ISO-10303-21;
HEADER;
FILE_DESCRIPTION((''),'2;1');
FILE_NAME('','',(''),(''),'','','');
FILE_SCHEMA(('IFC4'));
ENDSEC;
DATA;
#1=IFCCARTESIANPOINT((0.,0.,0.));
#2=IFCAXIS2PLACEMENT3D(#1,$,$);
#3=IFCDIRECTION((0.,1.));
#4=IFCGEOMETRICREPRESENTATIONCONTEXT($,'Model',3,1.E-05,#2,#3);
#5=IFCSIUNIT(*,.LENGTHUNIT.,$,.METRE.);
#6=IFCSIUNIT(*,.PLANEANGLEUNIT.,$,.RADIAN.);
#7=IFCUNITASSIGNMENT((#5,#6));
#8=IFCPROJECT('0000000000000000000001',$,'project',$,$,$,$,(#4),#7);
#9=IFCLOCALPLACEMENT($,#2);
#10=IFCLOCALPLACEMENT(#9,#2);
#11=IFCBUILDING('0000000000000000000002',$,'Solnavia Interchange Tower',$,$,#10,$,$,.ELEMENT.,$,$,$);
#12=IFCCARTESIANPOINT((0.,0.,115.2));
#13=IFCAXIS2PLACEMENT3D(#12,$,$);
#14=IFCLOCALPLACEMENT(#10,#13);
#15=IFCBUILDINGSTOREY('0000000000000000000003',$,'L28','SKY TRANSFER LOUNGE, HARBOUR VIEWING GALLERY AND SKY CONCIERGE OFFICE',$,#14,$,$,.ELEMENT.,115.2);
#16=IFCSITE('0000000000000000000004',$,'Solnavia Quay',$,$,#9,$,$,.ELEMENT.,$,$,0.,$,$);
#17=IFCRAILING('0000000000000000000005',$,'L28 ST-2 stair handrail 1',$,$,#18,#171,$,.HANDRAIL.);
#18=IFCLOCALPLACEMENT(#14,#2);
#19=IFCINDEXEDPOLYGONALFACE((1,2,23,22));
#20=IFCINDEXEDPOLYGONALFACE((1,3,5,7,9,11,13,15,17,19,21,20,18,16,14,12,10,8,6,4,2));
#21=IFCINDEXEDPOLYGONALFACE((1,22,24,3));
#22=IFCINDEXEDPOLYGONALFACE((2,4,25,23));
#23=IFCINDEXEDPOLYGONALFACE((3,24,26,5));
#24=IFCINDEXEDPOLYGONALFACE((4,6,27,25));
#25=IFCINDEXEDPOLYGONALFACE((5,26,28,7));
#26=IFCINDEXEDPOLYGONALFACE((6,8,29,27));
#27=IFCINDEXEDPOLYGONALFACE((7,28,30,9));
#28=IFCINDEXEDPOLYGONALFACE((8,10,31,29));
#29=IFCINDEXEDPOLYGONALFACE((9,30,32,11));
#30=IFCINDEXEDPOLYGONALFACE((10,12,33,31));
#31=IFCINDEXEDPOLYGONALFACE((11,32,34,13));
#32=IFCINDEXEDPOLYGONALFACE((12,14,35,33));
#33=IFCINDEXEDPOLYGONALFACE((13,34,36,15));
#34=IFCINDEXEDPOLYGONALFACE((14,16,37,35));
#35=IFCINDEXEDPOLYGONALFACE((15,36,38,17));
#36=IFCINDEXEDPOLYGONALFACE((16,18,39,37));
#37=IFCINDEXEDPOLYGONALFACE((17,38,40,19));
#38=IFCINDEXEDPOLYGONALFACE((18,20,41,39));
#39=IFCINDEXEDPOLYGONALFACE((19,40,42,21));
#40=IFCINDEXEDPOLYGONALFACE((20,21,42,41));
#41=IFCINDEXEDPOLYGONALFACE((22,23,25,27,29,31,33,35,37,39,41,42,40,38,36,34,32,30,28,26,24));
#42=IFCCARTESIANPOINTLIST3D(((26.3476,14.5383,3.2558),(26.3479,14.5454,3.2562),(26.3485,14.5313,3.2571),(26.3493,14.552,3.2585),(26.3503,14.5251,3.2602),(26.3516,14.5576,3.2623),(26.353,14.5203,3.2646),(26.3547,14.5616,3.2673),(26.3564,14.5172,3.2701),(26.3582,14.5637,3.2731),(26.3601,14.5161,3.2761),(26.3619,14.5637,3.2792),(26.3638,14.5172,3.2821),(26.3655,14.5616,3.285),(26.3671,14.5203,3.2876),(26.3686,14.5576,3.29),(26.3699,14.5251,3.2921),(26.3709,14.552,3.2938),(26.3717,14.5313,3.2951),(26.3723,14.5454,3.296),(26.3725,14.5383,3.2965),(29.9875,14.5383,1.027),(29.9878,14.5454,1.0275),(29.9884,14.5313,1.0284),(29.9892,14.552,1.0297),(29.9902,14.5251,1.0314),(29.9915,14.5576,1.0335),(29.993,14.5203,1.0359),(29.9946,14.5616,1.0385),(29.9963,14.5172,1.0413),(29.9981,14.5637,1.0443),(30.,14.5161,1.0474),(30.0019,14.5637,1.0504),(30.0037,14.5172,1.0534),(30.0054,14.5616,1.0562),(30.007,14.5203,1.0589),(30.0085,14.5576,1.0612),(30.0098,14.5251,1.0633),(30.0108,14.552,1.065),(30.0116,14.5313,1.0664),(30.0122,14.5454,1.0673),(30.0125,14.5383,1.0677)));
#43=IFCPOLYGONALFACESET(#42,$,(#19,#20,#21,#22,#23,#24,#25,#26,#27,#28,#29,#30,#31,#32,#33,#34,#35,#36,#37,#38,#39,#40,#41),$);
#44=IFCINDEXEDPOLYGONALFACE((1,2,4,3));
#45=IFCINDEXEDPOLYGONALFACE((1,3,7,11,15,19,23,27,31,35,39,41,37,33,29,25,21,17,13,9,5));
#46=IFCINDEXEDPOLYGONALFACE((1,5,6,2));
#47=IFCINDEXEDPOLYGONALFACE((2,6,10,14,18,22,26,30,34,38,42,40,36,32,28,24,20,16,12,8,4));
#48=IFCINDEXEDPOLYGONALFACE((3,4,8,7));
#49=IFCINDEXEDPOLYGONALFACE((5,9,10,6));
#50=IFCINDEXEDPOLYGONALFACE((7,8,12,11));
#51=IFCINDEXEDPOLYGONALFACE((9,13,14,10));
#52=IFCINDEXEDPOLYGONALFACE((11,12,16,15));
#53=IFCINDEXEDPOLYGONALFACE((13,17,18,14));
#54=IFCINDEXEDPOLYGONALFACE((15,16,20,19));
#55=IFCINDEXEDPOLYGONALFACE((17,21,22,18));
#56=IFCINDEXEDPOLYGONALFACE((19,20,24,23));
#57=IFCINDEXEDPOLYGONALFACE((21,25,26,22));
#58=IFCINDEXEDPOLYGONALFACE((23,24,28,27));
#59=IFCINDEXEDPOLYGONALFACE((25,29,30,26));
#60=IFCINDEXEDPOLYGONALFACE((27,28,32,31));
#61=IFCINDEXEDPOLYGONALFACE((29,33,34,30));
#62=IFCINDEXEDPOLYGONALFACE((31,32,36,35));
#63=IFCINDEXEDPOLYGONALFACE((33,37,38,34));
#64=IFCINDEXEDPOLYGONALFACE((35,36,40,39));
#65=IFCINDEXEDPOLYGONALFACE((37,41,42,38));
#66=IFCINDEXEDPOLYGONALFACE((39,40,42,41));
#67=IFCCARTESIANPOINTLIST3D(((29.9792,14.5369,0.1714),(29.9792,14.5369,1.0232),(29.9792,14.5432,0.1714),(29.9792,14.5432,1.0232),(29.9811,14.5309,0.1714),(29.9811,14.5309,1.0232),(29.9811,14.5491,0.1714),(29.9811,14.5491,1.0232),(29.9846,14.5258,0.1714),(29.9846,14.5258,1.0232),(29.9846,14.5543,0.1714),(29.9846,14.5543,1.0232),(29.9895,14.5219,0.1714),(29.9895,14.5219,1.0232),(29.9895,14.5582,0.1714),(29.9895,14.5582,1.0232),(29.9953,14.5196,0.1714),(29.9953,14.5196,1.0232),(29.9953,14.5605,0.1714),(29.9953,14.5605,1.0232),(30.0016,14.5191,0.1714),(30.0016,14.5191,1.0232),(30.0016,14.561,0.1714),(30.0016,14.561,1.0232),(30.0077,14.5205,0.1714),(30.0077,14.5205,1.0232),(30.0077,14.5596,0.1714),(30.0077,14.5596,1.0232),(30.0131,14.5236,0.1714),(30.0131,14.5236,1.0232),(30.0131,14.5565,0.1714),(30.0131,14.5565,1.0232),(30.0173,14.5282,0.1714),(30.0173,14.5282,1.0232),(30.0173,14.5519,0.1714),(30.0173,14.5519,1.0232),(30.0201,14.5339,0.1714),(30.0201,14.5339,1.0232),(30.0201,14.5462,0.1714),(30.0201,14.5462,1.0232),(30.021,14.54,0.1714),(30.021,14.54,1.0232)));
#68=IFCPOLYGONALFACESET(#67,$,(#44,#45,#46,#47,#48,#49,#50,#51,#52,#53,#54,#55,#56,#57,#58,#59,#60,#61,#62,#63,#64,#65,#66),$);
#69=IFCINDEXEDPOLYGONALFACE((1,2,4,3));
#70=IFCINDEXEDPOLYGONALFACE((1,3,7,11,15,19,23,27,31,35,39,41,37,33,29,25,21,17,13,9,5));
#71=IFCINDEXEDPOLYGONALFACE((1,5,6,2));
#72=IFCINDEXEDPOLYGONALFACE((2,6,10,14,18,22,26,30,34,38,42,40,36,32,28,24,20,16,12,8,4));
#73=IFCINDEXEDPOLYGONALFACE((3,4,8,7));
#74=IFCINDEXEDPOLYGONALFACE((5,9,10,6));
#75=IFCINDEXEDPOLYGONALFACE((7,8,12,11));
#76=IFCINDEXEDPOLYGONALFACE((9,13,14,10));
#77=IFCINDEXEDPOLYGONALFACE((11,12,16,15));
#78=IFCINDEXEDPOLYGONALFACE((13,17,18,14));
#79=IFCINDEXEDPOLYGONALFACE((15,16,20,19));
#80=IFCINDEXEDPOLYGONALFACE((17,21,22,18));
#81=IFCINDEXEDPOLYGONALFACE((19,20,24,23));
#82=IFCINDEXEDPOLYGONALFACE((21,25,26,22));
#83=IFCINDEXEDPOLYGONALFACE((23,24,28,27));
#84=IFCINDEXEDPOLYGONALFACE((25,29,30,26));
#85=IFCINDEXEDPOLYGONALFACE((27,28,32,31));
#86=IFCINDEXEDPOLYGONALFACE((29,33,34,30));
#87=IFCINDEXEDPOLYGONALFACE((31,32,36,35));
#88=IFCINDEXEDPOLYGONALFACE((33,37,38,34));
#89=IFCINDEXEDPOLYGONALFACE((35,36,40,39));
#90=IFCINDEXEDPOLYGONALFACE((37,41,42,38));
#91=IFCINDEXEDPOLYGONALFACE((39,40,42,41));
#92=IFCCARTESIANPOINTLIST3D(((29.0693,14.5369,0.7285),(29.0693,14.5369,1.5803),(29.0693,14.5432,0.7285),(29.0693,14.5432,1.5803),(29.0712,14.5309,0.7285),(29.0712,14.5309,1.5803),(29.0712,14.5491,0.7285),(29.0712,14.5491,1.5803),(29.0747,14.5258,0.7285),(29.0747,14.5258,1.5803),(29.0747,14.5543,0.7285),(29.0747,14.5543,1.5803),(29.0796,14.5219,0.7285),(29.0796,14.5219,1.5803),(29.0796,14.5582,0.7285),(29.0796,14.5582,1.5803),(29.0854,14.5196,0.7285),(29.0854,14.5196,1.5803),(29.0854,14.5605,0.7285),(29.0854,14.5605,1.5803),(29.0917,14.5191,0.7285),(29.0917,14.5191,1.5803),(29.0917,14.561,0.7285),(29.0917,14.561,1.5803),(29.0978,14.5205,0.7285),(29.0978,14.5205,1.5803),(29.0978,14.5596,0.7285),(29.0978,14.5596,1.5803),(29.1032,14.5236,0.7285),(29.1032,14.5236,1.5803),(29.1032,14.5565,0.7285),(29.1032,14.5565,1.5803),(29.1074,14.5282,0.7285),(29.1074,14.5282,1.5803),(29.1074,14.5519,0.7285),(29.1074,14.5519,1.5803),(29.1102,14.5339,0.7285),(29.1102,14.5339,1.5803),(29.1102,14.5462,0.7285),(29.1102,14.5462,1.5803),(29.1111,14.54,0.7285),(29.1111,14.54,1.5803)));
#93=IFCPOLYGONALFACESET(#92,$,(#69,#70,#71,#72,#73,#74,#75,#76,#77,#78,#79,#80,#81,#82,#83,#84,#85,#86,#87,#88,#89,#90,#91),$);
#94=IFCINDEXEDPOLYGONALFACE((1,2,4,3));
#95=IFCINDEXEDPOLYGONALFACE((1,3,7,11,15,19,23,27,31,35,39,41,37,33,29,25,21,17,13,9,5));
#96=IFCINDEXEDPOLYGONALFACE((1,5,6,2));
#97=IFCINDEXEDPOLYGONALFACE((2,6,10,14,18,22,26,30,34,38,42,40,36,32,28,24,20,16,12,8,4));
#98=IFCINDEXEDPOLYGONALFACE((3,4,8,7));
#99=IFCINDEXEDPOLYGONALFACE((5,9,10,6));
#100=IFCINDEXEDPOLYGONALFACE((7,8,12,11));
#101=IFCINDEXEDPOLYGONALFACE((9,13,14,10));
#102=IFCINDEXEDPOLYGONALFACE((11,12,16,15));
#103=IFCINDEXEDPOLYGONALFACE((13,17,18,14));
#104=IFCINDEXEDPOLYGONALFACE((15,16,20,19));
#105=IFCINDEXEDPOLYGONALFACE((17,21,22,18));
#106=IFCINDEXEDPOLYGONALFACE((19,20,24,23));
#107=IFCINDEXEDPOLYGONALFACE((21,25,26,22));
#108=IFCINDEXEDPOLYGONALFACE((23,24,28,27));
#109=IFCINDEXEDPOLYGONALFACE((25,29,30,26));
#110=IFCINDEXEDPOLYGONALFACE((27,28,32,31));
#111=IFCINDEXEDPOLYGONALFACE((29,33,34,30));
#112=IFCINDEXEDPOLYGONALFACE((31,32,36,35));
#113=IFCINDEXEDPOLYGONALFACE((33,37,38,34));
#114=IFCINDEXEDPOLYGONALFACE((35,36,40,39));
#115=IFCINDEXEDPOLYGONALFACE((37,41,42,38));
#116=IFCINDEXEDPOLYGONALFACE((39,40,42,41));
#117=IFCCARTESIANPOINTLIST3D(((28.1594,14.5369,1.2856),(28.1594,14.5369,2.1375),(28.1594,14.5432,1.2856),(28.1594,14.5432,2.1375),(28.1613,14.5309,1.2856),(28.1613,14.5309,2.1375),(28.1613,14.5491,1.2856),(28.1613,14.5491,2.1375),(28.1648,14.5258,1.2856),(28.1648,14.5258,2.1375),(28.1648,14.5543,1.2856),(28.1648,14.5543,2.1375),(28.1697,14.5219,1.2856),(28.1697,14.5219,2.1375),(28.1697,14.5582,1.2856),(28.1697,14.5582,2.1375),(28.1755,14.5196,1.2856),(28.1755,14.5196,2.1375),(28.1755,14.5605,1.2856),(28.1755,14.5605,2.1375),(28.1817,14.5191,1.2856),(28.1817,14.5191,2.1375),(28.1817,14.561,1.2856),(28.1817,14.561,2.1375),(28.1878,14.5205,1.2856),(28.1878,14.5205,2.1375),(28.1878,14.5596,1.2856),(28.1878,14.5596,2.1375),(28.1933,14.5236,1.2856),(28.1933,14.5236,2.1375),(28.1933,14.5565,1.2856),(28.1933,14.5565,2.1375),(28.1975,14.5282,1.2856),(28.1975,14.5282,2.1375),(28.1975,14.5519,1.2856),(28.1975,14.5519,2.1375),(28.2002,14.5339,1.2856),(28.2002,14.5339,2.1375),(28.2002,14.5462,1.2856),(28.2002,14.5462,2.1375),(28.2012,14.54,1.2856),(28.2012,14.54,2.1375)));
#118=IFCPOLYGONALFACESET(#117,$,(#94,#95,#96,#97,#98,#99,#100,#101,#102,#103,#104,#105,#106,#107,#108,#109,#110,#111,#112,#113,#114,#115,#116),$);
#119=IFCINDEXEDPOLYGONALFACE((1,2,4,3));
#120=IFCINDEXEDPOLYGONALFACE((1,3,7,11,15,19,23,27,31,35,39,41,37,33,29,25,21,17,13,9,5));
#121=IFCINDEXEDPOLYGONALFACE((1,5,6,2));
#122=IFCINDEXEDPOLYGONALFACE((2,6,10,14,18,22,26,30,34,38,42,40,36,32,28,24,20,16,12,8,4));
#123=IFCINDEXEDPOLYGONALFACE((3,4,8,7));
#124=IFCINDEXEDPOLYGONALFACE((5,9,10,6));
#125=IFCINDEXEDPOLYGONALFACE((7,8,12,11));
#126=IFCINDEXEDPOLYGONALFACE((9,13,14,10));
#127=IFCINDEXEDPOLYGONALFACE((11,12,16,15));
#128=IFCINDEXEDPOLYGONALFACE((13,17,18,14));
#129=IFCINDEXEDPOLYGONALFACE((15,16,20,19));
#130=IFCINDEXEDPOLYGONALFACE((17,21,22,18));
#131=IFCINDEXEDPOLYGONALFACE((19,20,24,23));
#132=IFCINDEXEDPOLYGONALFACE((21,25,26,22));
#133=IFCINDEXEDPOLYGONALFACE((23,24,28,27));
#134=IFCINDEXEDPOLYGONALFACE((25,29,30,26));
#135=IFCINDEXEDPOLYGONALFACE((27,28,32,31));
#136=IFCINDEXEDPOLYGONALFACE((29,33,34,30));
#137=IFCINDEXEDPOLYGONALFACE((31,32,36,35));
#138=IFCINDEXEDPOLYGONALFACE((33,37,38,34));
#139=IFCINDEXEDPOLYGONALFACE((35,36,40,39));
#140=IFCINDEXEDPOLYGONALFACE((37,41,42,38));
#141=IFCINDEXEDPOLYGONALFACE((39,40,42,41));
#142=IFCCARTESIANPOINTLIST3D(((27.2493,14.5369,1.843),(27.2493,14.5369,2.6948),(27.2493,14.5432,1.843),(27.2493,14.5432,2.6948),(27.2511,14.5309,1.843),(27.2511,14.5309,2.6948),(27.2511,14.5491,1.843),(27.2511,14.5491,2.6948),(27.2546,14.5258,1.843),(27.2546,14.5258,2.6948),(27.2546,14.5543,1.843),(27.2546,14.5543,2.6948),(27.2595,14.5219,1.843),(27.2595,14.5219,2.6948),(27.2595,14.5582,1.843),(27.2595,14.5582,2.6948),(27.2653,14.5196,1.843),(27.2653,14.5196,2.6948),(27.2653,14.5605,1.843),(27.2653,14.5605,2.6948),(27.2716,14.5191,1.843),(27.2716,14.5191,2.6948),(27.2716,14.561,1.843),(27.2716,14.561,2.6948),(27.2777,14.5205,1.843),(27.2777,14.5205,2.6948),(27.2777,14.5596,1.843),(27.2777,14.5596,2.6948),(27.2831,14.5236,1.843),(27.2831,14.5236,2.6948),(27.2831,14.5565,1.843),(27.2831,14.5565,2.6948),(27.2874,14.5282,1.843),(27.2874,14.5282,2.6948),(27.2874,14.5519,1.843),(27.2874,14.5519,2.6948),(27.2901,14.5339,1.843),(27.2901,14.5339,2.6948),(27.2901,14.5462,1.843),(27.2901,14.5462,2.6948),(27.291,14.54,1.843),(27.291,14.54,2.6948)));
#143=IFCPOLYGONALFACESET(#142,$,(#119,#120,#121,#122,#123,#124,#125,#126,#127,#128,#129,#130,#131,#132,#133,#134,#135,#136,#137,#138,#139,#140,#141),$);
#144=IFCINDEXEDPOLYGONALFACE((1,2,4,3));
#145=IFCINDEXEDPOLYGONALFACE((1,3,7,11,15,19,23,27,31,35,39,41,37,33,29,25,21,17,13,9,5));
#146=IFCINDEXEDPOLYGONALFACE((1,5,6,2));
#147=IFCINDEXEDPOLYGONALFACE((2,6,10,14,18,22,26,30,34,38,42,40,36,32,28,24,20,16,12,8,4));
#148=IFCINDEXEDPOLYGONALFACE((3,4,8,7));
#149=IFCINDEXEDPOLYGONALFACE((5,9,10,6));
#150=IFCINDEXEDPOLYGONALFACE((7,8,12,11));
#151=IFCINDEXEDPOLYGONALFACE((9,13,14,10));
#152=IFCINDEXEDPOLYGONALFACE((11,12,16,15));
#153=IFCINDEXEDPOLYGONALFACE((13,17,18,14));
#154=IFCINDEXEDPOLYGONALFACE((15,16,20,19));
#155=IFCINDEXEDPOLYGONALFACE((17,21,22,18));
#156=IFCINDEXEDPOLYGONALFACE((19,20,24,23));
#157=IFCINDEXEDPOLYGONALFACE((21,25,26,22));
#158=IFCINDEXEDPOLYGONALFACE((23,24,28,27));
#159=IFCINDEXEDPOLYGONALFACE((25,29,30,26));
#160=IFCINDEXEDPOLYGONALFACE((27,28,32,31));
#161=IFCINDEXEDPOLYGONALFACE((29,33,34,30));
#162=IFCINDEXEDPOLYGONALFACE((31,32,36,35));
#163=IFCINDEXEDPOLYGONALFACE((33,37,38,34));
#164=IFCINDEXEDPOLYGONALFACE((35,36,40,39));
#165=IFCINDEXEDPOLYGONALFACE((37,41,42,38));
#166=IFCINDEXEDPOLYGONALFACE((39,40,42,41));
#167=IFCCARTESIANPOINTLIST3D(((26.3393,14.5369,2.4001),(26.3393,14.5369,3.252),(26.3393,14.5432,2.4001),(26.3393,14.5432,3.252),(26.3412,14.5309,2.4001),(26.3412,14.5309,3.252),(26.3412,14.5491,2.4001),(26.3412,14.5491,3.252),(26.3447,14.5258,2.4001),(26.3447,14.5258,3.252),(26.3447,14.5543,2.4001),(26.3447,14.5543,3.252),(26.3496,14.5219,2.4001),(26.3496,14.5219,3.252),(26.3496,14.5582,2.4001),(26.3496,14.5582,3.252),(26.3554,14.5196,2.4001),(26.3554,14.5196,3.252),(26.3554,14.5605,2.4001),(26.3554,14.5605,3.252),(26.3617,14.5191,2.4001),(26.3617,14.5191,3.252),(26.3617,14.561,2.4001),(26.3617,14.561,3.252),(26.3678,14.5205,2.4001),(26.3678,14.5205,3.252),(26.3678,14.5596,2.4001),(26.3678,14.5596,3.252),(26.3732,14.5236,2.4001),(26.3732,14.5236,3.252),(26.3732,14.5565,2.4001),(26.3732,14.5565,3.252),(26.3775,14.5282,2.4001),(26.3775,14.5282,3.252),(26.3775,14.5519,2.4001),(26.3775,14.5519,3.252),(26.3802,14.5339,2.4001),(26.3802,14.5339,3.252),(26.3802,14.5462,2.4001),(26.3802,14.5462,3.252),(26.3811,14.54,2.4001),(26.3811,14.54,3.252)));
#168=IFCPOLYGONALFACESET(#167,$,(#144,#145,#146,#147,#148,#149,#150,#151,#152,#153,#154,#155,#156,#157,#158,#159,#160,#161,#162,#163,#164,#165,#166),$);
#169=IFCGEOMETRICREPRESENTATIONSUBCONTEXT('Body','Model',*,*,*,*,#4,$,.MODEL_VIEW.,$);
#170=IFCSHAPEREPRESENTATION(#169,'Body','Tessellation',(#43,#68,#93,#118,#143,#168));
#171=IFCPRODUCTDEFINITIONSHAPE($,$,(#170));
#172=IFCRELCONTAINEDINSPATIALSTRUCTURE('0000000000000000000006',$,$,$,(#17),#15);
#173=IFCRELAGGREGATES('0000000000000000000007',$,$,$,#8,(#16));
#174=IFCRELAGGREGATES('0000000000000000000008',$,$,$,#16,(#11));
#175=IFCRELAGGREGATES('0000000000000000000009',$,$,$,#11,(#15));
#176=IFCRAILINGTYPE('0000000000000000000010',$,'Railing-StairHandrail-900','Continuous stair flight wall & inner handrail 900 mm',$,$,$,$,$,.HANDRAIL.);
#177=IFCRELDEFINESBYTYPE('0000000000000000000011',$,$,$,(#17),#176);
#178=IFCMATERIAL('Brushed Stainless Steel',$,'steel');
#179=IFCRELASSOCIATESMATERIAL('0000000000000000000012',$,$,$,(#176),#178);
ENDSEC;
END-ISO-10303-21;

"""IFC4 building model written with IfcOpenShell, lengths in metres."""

from ifc_helpers import new_model, si_unit, direction, frame, origin, origin_2d, place, context, subcontext, project, spatial, circle, extrude, material, type_object, element, save


model = new_model("IFC4")

# Units and contexts
model_context = context("Model", 3, precision=1e-05, world=origin(), true_north=direction((0.0, 1.0)))
body_context = subcontext(model_context, "Body", "Model", "MODEL_VIEW")
ifc_project = project(units=[si_unit("LENGTHUNIT", "METRE"), si_unit("PLANEANGLEUNIT", "RADIAN")], contexts=[model_context])

# Site, building, storey
site_placement = place(None, origin())
site = spatial("IfcSite", under=ifc_project, at=site_placement, Name="Solnavia Quay", CompositionType="ELEMENT", RefElevation=0.0)
building_placement = place(site_placement, origin())
building = spatial("IfcBuilding", under=site, at=building_placement, Name="Solnavia Interchange Tower", CompositionType="ELEMENT")
storey_placement = place(building_placement, frame((0.0, 0.0, 115.2)))
storey = spatial("IfcBuildingStorey", under=building, at=storey_placement, Name="L28", Description="SKY TRANSFER LOUNGE, HARBOUR VIEWING GALLERY AND SKY CONCIERGE OFFICE", CompositionType="ELEMENT", Elevation=115.2)

# Railing
ifc_material_1 = material(Name="Brushed Stainless Steel", Category="steel")
railing_type_1 = type_object("IfcRailingType", Name="Railing-StairHandrail-900", Description="Continuous stair flight wall & inner handrail 900 mm", PredefinedType="HANDRAIL", material=ifc_material_1)
railing_1_placement = place(storey_placement, frame((30.0, 14.54, 0.1714)))
element("IfcRailing", 1, at=railing_1_placement, inside=storey, type_object=railing_type_1, Name="L28 ST-2 stair handrail 1", PredefinedType="HANDRAIL", context=body_context, shape_type="SweptSolid", body=[
    extrude(circle(Radius=0.0239, at=origin_2d()), frame((0.0, 0.0, 0.876), z_axis=(-0.852825, 0.0, 0.522197), x_axis=(0.0, -1.0, 0.0)), (0.0, 0.0, 1.0), 4.2681),
    extrude(circle(Radius=0.021, at=origin_2d()), origin(), (0.0, 0.0, 1.0), 0.8518),
    extrude(circle(Radius=0.021, at=origin_2d()), frame((-0.9099, 0.0, 0.5571)), (0.0, 0.0, 1.0), 0.8518),
    extrude(circle(Radius=0.021, at=origin_2d()), frame((-1.8198, 0.0, 1.1143)), (0.0, 0.0, 1.0), 0.8518),
    extrude(circle(Radius=0.021, at=origin_2d()), frame((-2.73, 0.0, 1.6716)), (0.0, 0.0, 1.0), 0.8518),
    extrude(circle(Radius=0.021, at=origin_2d()), frame((-3.6399, 0.0, 2.2288)), (0.0, 0.0, 1.0), 0.8518),
])

save(model, "model.ifc")
